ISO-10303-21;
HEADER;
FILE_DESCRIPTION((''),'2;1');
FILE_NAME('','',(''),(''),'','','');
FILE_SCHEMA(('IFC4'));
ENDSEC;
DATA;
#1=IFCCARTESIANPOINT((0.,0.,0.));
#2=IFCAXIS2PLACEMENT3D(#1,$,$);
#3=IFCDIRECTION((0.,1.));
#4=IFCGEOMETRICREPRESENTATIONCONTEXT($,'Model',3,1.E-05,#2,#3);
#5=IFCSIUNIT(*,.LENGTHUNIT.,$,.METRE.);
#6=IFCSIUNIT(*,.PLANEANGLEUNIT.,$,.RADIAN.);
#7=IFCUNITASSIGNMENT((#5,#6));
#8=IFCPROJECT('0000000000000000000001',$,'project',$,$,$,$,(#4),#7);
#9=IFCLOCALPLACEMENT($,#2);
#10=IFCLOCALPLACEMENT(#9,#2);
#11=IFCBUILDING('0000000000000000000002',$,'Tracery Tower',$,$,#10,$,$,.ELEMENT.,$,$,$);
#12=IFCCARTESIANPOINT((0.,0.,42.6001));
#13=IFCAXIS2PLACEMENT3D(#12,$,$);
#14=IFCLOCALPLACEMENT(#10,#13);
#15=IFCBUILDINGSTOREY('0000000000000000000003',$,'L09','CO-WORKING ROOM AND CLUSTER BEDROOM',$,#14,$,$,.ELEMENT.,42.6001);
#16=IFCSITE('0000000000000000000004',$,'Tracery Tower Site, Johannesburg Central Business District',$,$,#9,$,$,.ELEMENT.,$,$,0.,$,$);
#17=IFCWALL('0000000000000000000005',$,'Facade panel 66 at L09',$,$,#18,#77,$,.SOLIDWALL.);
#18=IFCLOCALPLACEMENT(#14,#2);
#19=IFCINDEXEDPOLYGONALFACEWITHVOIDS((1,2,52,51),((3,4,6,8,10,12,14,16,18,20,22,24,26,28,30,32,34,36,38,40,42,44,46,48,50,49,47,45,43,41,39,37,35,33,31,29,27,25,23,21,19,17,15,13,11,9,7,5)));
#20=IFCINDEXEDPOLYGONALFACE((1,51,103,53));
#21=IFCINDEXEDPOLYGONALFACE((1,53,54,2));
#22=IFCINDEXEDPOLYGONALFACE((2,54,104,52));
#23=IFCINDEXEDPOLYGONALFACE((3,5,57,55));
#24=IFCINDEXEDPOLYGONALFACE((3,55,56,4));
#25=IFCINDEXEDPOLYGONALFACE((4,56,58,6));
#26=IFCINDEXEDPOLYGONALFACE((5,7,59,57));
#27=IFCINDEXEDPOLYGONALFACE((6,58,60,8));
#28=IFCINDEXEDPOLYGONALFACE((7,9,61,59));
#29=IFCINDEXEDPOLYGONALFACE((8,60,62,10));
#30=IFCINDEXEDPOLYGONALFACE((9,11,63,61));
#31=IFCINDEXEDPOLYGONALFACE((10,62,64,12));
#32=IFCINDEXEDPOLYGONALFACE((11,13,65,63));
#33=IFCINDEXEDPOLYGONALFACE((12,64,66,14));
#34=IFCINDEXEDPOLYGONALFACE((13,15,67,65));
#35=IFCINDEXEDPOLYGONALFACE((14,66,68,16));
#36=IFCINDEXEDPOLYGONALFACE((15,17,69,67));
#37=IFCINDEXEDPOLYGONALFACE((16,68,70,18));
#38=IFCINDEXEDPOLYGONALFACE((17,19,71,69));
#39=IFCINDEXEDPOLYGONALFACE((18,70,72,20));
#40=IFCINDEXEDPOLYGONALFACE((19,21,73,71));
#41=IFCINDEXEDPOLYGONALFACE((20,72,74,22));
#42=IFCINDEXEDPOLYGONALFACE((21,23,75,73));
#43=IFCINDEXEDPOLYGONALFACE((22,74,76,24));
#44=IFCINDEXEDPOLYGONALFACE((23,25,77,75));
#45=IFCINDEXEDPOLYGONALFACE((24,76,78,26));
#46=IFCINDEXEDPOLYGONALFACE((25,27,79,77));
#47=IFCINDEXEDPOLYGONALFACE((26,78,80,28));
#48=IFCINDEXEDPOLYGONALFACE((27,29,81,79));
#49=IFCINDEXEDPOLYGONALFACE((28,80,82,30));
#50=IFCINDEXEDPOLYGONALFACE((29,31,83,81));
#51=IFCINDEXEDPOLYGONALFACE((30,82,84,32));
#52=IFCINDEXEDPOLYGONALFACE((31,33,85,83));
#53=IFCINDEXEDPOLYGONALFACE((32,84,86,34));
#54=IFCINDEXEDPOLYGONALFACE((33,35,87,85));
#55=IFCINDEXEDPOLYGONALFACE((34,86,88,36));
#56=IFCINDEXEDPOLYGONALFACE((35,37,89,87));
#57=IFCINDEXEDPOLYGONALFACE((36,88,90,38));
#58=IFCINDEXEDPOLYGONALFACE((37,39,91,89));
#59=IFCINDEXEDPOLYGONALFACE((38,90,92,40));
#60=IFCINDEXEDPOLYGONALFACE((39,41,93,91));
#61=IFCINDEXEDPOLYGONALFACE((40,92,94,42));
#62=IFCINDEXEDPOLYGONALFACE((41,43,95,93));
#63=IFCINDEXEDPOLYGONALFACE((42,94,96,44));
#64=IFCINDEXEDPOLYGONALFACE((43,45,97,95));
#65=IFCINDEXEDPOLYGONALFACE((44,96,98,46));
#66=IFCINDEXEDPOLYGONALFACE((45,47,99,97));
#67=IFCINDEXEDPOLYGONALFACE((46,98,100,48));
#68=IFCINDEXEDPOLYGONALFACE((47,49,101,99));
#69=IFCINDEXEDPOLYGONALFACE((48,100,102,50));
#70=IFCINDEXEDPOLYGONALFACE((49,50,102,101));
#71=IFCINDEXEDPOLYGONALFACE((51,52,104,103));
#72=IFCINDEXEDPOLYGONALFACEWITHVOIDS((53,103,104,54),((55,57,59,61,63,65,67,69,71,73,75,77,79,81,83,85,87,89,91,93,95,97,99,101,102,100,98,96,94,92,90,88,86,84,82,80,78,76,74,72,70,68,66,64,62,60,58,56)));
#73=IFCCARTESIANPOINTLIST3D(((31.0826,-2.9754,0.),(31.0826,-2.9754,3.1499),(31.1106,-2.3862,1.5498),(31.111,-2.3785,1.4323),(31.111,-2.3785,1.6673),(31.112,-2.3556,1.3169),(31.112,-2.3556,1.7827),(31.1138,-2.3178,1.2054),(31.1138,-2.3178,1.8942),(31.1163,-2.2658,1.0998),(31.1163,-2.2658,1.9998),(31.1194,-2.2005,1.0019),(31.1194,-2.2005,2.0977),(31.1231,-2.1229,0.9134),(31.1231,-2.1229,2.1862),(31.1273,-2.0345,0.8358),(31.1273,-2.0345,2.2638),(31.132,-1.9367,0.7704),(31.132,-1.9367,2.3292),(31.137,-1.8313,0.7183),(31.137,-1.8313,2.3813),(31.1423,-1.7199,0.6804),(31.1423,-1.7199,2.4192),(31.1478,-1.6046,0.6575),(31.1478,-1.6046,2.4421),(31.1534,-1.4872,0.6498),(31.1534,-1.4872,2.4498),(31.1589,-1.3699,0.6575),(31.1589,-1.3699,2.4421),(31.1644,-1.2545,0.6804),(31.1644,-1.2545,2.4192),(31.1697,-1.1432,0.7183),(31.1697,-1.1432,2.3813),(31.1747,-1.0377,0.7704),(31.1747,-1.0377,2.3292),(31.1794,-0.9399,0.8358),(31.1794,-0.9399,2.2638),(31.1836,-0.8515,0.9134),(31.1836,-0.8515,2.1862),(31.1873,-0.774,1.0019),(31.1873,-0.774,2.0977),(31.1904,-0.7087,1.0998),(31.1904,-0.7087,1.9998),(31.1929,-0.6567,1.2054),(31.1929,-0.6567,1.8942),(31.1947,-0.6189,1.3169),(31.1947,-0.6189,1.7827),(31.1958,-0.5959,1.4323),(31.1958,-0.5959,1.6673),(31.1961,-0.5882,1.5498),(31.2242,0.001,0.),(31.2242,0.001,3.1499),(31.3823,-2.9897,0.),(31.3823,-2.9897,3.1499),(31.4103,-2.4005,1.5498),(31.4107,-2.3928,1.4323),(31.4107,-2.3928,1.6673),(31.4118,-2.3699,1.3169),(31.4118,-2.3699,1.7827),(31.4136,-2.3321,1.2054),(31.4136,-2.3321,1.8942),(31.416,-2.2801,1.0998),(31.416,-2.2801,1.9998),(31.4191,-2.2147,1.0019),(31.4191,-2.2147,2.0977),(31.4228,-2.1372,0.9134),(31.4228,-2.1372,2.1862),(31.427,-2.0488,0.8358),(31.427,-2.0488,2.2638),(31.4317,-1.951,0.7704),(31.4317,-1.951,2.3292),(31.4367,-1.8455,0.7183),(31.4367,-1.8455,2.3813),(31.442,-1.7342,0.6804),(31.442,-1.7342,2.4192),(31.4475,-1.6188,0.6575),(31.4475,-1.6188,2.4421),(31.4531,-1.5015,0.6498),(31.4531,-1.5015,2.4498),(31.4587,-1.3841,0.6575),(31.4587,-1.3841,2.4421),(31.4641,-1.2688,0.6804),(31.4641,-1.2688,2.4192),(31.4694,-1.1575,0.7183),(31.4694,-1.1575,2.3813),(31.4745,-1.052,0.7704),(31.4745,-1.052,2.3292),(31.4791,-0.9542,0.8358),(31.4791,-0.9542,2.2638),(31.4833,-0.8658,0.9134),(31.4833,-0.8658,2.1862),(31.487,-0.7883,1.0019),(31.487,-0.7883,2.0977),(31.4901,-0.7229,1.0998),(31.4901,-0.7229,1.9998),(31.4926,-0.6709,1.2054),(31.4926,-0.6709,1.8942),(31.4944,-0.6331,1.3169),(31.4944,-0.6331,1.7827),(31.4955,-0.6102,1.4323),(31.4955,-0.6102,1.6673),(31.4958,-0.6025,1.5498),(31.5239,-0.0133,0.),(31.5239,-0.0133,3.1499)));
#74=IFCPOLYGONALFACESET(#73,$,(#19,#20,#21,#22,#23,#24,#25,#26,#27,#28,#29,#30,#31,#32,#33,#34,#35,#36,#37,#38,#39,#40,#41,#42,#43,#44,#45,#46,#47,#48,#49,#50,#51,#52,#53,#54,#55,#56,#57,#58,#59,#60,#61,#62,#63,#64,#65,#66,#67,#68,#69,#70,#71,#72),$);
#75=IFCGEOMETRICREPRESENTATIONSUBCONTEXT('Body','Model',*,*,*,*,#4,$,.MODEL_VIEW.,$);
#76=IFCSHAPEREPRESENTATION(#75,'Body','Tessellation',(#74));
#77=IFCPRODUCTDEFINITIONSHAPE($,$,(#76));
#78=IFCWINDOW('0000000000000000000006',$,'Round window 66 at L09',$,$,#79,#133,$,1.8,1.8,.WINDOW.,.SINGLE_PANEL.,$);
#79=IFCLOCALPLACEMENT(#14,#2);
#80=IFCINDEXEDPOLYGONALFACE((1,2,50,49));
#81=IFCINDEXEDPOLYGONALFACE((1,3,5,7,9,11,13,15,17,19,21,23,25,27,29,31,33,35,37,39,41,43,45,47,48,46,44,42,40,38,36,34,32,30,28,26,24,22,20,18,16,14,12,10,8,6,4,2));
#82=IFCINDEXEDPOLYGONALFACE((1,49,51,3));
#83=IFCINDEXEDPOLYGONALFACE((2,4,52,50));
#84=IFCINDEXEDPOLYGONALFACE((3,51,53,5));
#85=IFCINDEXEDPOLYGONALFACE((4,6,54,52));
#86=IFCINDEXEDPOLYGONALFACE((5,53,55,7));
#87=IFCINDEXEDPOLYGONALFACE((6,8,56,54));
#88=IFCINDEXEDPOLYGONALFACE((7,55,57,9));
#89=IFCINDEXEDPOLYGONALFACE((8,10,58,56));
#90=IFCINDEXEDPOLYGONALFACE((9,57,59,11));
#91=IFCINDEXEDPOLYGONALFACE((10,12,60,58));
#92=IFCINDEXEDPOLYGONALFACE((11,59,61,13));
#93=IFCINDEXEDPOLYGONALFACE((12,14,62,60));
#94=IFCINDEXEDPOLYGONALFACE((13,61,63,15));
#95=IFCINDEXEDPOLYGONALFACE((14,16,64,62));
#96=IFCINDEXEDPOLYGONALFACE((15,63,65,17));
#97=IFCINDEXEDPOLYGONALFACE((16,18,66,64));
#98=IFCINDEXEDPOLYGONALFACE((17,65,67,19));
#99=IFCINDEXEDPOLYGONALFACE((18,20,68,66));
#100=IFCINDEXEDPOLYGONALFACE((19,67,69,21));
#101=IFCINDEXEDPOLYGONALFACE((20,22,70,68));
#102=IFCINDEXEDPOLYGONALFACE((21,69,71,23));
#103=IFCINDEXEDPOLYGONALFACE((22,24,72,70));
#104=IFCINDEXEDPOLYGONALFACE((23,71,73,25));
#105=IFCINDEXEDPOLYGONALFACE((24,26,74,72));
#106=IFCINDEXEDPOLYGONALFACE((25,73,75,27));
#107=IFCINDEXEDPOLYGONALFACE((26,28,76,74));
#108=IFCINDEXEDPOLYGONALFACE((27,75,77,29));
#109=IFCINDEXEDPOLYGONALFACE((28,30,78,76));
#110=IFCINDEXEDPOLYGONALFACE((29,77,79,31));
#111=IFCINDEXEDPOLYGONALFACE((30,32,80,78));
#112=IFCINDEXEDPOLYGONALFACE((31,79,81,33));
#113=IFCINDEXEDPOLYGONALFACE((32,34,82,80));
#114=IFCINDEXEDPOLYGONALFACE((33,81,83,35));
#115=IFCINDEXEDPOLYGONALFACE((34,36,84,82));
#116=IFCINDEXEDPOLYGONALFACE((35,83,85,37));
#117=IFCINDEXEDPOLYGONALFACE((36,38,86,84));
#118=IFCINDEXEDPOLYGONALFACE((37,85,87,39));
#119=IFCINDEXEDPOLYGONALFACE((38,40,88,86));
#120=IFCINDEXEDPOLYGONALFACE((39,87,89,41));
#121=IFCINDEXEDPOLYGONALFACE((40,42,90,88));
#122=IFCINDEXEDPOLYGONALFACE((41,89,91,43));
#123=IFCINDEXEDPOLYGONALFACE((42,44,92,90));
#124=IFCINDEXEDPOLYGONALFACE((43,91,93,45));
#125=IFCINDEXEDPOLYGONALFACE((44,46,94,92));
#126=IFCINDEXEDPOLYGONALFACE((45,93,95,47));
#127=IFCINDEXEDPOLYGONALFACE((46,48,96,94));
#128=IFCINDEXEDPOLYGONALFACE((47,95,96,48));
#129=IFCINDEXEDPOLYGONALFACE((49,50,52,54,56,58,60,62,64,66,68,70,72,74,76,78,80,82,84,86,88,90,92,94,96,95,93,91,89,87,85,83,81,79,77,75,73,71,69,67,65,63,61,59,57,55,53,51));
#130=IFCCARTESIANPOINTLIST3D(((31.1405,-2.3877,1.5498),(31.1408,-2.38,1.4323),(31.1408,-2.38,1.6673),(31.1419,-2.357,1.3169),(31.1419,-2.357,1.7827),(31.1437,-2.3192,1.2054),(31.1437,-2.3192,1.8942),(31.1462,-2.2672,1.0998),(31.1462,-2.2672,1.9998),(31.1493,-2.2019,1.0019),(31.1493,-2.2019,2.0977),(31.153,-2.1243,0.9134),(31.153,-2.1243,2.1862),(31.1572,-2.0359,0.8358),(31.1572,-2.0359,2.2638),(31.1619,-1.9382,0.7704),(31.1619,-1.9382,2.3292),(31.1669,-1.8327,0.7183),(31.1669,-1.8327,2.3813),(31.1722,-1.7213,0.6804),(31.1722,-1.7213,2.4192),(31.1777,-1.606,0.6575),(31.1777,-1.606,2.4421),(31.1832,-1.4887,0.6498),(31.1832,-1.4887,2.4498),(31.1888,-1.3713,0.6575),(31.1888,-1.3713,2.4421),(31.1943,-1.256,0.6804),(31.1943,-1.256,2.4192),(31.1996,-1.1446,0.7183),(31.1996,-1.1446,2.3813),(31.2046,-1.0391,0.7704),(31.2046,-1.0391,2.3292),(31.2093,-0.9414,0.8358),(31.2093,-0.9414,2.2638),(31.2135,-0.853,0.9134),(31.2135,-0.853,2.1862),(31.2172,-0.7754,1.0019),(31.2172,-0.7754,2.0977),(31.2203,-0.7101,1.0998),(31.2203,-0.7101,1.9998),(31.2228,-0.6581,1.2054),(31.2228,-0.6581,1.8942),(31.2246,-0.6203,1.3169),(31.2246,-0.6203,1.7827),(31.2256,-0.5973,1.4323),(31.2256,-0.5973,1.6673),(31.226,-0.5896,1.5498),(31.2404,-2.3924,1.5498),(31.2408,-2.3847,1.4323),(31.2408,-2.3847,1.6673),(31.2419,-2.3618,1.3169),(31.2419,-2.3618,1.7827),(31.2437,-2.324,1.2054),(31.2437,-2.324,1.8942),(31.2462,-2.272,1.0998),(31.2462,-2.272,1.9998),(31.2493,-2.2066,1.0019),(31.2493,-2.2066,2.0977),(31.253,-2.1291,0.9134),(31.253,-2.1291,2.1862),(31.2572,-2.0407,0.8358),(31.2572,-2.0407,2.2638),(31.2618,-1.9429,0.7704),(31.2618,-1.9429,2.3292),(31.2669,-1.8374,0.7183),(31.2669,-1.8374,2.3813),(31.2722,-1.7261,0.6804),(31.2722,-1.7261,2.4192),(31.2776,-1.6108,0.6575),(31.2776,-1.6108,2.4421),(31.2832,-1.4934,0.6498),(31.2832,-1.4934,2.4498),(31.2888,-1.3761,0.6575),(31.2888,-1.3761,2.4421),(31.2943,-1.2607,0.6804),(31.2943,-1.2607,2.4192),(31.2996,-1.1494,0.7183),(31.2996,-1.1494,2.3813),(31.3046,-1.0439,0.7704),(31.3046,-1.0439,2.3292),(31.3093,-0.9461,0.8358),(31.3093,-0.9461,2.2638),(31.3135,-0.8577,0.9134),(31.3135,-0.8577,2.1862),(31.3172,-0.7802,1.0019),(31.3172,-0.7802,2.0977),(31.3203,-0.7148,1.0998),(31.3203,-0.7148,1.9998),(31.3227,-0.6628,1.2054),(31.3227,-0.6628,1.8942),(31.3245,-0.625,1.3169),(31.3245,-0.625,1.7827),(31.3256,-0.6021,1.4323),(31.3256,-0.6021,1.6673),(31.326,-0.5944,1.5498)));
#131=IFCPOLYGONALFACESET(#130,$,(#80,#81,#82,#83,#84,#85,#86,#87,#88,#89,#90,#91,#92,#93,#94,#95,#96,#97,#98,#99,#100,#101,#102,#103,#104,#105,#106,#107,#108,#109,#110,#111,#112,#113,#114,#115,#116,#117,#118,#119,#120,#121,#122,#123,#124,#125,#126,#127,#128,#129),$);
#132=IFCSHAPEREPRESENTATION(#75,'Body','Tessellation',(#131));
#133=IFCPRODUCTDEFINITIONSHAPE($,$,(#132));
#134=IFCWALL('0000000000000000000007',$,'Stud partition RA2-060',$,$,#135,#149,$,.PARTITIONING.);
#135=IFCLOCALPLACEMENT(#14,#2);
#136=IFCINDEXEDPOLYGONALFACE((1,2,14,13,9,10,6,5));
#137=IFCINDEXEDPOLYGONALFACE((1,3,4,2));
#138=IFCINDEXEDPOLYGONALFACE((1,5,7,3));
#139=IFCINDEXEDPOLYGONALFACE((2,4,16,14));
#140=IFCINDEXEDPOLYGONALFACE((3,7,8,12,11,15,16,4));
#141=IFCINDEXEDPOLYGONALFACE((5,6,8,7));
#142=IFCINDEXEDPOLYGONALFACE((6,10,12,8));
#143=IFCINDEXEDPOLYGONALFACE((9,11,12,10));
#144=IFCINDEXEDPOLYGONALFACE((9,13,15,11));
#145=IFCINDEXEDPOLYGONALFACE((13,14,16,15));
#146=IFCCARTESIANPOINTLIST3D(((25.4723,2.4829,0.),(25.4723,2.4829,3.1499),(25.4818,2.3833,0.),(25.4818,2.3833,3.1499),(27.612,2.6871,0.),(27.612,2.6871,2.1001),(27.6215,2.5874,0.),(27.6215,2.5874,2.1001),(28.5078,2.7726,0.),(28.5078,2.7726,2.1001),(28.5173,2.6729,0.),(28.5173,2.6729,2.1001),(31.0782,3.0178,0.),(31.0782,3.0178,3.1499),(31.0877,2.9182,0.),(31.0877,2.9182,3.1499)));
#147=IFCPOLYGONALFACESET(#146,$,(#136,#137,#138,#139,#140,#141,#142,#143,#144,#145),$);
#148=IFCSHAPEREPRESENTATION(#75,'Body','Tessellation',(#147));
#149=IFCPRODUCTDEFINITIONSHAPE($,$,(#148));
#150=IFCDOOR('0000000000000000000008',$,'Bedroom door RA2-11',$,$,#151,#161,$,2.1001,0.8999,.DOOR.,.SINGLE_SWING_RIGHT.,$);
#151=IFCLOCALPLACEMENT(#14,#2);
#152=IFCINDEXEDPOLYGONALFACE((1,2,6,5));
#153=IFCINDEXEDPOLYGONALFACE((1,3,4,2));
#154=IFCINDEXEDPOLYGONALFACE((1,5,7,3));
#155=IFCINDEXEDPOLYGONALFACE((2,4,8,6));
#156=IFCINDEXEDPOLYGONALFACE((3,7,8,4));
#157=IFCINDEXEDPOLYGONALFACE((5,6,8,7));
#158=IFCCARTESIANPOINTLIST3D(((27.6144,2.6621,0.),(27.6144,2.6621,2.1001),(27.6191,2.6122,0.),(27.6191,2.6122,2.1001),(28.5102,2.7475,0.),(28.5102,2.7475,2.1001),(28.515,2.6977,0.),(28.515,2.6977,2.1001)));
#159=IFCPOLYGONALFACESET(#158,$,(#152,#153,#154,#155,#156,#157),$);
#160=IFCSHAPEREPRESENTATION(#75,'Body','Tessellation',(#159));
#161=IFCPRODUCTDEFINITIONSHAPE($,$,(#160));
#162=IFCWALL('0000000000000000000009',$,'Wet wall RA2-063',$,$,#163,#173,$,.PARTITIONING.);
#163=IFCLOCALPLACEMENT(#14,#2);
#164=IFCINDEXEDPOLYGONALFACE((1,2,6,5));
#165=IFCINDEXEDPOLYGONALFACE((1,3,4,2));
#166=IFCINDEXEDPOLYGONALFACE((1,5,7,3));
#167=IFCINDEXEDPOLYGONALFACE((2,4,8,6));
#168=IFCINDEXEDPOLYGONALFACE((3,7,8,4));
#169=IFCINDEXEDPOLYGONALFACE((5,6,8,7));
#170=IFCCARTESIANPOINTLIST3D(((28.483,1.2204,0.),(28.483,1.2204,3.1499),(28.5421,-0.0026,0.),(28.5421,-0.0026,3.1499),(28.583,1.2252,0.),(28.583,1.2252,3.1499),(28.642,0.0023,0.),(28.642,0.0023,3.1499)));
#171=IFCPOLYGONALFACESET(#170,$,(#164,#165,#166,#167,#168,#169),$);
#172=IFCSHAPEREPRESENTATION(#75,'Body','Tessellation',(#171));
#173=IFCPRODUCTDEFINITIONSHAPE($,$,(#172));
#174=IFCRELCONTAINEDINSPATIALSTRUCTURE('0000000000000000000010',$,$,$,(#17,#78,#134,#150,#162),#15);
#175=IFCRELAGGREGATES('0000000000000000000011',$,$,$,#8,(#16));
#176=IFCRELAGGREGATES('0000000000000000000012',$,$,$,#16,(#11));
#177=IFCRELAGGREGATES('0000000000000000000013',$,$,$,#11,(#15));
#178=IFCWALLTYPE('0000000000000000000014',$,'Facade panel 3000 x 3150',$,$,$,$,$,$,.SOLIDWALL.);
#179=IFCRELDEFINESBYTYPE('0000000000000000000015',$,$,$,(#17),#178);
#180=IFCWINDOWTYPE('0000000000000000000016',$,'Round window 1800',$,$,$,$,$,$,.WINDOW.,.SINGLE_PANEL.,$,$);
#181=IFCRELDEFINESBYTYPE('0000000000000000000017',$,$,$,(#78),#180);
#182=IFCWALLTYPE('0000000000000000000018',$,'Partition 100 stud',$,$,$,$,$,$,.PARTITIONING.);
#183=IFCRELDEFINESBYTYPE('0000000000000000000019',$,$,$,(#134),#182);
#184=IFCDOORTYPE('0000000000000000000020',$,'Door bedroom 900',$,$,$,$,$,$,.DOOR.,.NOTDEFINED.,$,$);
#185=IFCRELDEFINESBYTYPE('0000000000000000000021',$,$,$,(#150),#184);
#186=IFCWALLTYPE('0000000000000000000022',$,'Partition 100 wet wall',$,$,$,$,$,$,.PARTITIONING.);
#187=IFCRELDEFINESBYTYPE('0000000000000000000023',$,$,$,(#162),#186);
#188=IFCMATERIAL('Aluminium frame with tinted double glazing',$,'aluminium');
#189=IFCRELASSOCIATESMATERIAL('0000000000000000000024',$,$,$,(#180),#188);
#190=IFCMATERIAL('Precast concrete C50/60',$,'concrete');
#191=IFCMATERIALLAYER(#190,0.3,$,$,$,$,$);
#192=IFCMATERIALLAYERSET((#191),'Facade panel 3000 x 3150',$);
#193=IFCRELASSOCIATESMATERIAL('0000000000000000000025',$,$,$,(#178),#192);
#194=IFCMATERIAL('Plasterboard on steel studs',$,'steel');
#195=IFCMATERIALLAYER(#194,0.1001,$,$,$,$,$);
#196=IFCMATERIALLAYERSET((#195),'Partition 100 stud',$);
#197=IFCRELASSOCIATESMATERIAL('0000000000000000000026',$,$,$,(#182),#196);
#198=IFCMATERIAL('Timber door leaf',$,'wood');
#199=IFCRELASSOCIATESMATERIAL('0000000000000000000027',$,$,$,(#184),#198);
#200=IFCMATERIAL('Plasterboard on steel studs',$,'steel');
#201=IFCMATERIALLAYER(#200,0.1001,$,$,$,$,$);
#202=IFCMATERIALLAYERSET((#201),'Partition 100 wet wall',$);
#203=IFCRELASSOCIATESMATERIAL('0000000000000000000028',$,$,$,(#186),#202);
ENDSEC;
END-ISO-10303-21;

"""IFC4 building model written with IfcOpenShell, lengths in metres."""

from ifc_helpers import new_model, si_unit, direction, frame, frame_2d, origin, origin_2d, place, context, subcontext, project, spatial, rectangle, circle, extrude, material, layer, layer_set, type_object, element, fill, save


model = new_model("IFC4")

# Units and contexts
model_context = context("Model", 3, precision=1e-05, world=origin(), true_north=direction((0.0, 1.0)))
body_context = subcontext(model_context, "Body", "Model", "MODEL_VIEW")
ifc_project = project(units=[si_unit("LENGTHUNIT", "METRE"), si_unit("PLANEANGLEUNIT", "RADIAN")], contexts=[model_context])

# Site, building, storey
site_placement = place(None, origin())
site = spatial("IfcSite", under=ifc_project, at=site_placement, Name="Tracery Tower Site, Johannesburg Central Business District", CompositionType="ELEMENT", RefElevation=0.0)
building_placement = place(site_placement, origin())
building = spatial("IfcBuilding", under=site, at=building_placement, Name="Tracery Tower", CompositionType="ELEMENT")
storey_placement = place(building_placement, frame((0.0, 0.0, 42.6001)))
storey = spatial("IfcBuildingStorey", under=building, at=storey_placement, Name="L09", Description="CO-WORKING ROOM AND CLUSTER BEDROOM", CompositionType="ELEMENT", Elevation=42.6001)

# Wall, opening, window
ifc_material_1 = material(Name="Aluminium frame with tinted double glazing", Category="aluminium")
window_type = type_object("IfcWindowType", Name="Round window 1800", PartitioningType="SINGLE_PANEL", PredefinedType="WINDOW", material=ifc_material_1)
ifc_material_2 = material(Name="Precast concrete C50/60", Category="concrete")
ifc_layer_1 = layer(ifc_material_2, 0.3)
ifc_layer_set_1 = layer_set([ifc_layer_1], Name="Facade panel 3000 x 3150")
wall_type_1 = type_object("IfcWallType", Name="Facade panel 3000 x 3150", PredefinedType="SOLIDWALL", material=ifc_layer_set_1)
wall_1_placement = place(storey_placement, frame((31.2324, -2.9824, 0.0), z_axis=(0.0, 0.0, 1.0), x_axis=(0.047522, 0.99887, 0.0)))
wall_1 = element("IfcWall", 1, at=wall_1_placement, inside=storey, type_object=wall_type_1, Name="Facade panel 66 at L09", PredefinedType="SOLIDWALL", context=body_context, shape_type="SweptSolid", body=[
    extrude(rectangle(XDim=2.9797, YDim=0.3, at=frame_2d((1.4897, 0.0))), origin(), (0.0, 0.0, 1.0), 3.1499),
])
opening_1_placement = place(wall_1_placement, frame((1.4897, 0.0, 1.5498)))
opening_1 = element("IfcOpeningElement", 2, at=opening_1_placement, cuts=wall_1, PredefinedType="OPENING", context=body_context, shape_type="SweptSolid", body=[
    extrude(circle(Radius=0.9, at=origin_2d()), frame((0.0, 0.1599, 0.0), z_axis=(0.0, -1.0, 0.0), x_axis=(1.0, 0.0, 0.0)), (0.0, 0.0, 1.0), 0.3201),
])
window_1_placement = place(opening_1_placement, origin())
window_1 = element("IfcWindow", 3, at=window_1_placement, inside=storey, type_object=window_type, Name="Round window 66 at L09", OverallHeight=1.8, OverallWidth=1.8, PartitioningType="SINGLE_PANEL", PredefinedType="WINDOW", context=body_context, shape_type="SweptSolid", body=[
    extrude(circle(Radius=0.9, at=origin_2d()), frame((0.0, 0.1201, 0.0), z_axis=(0.0, -1.0, 0.0), x_axis=(1.0, 0.0, 0.0)), (0.0, 0.0, 1.0), 0.1001),
])
fill(opening_1, window_1)

# Wall, opening, door
ifc_material_3 = material(Name="Plasterboard on steel studs", Category="steel")
ifc_layer_2 = layer(ifc_material_3, 0.1001)
ifc_layer_set_2 = layer_set([ifc_layer_2], Name="Partition 100 stud")
wall_type_2 = type_object("IfcWallType", Name="Partition 100 stud", PredefinedType="PARTITIONING", material=ifc_layer_set_2)
wall_2_placement = place(storey_placement, frame((25.4771, 2.4331, 0.0), z_axis=(0.0, 0.0, 1.0), x_axis=(0.995479, 0.094987, 0.0)))
wall_2 = element("IfcWall", 4, at=wall_2_placement, inside=storey, type_object=wall_type_2, Name="Stud partition RA2-060", PredefinedType="PARTITIONING", context=body_context, shape_type="SweptSolid", body=[
    extrude(rectangle(XDim=5.6313, YDim=0.1001, at=frame_2d((2.8157, 0.0))), origin(), (0.0, 0.0, 1.0), 3.1499),
])
opening_2_placement = place(wall_2_placement, frame((2.1494, 0.0, 0.0)))
opening_2 = element("IfcOpeningElement", 5, at=opening_2_placement, cuts=wall_2, PredefinedType="OPENING", context=body_context, shape_type="SweptSolid", body=[
    extrude(rectangle(XDim=0.8999, YDim=2.1001, at=frame_2d((0.45, 1.05))), frame((0.0, 0.05, 0.0), z_axis=(0.0, -1.0, 0.0), x_axis=(1.0, 0.0, 0.0)), (0.0, 0.0, 1.0), 0.1001),
])
ifc_material_4 = material(Name="Timber door leaf", Category="wood")
door_type_1 = type_object("IfcDoorType", Name="Door bedroom 900", OperationType="NOTDEFINED", PredefinedType="DOOR", material=ifc_material_4)
door_1_placement = place(opening_2_placement, origin())
door_1 = element("IfcDoor", 6, at=door_1_placement, inside=storey, type_object=door_type_1, Name="Bedroom door RA2-11", OperationType="SINGLE_SWING_RIGHT", OverallHeight=2.1001, OverallWidth=0.8999, PredefinedType="DOOR", context=body_context, shape_type="SweptSolid", body=[
    extrude(rectangle(XDim=0.8999, YDim=2.1001, at=frame_2d((0.45, 1.05))), frame((0.0, 0.0249, 0.0), z_axis=(0.0, -1.0, 0.0), x_axis=(1.0, 0.0, 0.0)), (0.0, 0.0, 1.0), 0.05),
])
fill(opening_2, door_1)

# Wall
ifc_material_5 = material(Name="Plasterboard on steel studs", Category="steel")
ifc_layer_3 = layer(ifc_material_5, 0.1001)
ifc_layer_set_3 = layer_set([ifc_layer_3], Name="Partition 100 wet wall")
wall_type_3 = type_object("IfcWallType", Name="Partition 100 wet wall", PredefinedType="PARTITIONING", material=ifc_layer_set_3)
wall_3_placement = place(storey_placement, frame((28.533, 1.2229, 0.0), z_axis=(0.0, 0.0, 1.0), x_axis=(0.048257, -0.998835, 0.0)))
element("IfcWall", 7, at=wall_3_placement, inside=storey, type_object=wall_type_3, Name="Wet wall RA2-063", PredefinedType="PARTITIONING", context=body_context, shape_type="SweptSolid", body=[
    extrude(rectangle(XDim=1.2244, YDim=0.1001, at=frame_2d((0.6123, 0.0))), origin(), (0.0, 0.0, 1.0), 3.1499),
])

save(model, "model.ifc")
